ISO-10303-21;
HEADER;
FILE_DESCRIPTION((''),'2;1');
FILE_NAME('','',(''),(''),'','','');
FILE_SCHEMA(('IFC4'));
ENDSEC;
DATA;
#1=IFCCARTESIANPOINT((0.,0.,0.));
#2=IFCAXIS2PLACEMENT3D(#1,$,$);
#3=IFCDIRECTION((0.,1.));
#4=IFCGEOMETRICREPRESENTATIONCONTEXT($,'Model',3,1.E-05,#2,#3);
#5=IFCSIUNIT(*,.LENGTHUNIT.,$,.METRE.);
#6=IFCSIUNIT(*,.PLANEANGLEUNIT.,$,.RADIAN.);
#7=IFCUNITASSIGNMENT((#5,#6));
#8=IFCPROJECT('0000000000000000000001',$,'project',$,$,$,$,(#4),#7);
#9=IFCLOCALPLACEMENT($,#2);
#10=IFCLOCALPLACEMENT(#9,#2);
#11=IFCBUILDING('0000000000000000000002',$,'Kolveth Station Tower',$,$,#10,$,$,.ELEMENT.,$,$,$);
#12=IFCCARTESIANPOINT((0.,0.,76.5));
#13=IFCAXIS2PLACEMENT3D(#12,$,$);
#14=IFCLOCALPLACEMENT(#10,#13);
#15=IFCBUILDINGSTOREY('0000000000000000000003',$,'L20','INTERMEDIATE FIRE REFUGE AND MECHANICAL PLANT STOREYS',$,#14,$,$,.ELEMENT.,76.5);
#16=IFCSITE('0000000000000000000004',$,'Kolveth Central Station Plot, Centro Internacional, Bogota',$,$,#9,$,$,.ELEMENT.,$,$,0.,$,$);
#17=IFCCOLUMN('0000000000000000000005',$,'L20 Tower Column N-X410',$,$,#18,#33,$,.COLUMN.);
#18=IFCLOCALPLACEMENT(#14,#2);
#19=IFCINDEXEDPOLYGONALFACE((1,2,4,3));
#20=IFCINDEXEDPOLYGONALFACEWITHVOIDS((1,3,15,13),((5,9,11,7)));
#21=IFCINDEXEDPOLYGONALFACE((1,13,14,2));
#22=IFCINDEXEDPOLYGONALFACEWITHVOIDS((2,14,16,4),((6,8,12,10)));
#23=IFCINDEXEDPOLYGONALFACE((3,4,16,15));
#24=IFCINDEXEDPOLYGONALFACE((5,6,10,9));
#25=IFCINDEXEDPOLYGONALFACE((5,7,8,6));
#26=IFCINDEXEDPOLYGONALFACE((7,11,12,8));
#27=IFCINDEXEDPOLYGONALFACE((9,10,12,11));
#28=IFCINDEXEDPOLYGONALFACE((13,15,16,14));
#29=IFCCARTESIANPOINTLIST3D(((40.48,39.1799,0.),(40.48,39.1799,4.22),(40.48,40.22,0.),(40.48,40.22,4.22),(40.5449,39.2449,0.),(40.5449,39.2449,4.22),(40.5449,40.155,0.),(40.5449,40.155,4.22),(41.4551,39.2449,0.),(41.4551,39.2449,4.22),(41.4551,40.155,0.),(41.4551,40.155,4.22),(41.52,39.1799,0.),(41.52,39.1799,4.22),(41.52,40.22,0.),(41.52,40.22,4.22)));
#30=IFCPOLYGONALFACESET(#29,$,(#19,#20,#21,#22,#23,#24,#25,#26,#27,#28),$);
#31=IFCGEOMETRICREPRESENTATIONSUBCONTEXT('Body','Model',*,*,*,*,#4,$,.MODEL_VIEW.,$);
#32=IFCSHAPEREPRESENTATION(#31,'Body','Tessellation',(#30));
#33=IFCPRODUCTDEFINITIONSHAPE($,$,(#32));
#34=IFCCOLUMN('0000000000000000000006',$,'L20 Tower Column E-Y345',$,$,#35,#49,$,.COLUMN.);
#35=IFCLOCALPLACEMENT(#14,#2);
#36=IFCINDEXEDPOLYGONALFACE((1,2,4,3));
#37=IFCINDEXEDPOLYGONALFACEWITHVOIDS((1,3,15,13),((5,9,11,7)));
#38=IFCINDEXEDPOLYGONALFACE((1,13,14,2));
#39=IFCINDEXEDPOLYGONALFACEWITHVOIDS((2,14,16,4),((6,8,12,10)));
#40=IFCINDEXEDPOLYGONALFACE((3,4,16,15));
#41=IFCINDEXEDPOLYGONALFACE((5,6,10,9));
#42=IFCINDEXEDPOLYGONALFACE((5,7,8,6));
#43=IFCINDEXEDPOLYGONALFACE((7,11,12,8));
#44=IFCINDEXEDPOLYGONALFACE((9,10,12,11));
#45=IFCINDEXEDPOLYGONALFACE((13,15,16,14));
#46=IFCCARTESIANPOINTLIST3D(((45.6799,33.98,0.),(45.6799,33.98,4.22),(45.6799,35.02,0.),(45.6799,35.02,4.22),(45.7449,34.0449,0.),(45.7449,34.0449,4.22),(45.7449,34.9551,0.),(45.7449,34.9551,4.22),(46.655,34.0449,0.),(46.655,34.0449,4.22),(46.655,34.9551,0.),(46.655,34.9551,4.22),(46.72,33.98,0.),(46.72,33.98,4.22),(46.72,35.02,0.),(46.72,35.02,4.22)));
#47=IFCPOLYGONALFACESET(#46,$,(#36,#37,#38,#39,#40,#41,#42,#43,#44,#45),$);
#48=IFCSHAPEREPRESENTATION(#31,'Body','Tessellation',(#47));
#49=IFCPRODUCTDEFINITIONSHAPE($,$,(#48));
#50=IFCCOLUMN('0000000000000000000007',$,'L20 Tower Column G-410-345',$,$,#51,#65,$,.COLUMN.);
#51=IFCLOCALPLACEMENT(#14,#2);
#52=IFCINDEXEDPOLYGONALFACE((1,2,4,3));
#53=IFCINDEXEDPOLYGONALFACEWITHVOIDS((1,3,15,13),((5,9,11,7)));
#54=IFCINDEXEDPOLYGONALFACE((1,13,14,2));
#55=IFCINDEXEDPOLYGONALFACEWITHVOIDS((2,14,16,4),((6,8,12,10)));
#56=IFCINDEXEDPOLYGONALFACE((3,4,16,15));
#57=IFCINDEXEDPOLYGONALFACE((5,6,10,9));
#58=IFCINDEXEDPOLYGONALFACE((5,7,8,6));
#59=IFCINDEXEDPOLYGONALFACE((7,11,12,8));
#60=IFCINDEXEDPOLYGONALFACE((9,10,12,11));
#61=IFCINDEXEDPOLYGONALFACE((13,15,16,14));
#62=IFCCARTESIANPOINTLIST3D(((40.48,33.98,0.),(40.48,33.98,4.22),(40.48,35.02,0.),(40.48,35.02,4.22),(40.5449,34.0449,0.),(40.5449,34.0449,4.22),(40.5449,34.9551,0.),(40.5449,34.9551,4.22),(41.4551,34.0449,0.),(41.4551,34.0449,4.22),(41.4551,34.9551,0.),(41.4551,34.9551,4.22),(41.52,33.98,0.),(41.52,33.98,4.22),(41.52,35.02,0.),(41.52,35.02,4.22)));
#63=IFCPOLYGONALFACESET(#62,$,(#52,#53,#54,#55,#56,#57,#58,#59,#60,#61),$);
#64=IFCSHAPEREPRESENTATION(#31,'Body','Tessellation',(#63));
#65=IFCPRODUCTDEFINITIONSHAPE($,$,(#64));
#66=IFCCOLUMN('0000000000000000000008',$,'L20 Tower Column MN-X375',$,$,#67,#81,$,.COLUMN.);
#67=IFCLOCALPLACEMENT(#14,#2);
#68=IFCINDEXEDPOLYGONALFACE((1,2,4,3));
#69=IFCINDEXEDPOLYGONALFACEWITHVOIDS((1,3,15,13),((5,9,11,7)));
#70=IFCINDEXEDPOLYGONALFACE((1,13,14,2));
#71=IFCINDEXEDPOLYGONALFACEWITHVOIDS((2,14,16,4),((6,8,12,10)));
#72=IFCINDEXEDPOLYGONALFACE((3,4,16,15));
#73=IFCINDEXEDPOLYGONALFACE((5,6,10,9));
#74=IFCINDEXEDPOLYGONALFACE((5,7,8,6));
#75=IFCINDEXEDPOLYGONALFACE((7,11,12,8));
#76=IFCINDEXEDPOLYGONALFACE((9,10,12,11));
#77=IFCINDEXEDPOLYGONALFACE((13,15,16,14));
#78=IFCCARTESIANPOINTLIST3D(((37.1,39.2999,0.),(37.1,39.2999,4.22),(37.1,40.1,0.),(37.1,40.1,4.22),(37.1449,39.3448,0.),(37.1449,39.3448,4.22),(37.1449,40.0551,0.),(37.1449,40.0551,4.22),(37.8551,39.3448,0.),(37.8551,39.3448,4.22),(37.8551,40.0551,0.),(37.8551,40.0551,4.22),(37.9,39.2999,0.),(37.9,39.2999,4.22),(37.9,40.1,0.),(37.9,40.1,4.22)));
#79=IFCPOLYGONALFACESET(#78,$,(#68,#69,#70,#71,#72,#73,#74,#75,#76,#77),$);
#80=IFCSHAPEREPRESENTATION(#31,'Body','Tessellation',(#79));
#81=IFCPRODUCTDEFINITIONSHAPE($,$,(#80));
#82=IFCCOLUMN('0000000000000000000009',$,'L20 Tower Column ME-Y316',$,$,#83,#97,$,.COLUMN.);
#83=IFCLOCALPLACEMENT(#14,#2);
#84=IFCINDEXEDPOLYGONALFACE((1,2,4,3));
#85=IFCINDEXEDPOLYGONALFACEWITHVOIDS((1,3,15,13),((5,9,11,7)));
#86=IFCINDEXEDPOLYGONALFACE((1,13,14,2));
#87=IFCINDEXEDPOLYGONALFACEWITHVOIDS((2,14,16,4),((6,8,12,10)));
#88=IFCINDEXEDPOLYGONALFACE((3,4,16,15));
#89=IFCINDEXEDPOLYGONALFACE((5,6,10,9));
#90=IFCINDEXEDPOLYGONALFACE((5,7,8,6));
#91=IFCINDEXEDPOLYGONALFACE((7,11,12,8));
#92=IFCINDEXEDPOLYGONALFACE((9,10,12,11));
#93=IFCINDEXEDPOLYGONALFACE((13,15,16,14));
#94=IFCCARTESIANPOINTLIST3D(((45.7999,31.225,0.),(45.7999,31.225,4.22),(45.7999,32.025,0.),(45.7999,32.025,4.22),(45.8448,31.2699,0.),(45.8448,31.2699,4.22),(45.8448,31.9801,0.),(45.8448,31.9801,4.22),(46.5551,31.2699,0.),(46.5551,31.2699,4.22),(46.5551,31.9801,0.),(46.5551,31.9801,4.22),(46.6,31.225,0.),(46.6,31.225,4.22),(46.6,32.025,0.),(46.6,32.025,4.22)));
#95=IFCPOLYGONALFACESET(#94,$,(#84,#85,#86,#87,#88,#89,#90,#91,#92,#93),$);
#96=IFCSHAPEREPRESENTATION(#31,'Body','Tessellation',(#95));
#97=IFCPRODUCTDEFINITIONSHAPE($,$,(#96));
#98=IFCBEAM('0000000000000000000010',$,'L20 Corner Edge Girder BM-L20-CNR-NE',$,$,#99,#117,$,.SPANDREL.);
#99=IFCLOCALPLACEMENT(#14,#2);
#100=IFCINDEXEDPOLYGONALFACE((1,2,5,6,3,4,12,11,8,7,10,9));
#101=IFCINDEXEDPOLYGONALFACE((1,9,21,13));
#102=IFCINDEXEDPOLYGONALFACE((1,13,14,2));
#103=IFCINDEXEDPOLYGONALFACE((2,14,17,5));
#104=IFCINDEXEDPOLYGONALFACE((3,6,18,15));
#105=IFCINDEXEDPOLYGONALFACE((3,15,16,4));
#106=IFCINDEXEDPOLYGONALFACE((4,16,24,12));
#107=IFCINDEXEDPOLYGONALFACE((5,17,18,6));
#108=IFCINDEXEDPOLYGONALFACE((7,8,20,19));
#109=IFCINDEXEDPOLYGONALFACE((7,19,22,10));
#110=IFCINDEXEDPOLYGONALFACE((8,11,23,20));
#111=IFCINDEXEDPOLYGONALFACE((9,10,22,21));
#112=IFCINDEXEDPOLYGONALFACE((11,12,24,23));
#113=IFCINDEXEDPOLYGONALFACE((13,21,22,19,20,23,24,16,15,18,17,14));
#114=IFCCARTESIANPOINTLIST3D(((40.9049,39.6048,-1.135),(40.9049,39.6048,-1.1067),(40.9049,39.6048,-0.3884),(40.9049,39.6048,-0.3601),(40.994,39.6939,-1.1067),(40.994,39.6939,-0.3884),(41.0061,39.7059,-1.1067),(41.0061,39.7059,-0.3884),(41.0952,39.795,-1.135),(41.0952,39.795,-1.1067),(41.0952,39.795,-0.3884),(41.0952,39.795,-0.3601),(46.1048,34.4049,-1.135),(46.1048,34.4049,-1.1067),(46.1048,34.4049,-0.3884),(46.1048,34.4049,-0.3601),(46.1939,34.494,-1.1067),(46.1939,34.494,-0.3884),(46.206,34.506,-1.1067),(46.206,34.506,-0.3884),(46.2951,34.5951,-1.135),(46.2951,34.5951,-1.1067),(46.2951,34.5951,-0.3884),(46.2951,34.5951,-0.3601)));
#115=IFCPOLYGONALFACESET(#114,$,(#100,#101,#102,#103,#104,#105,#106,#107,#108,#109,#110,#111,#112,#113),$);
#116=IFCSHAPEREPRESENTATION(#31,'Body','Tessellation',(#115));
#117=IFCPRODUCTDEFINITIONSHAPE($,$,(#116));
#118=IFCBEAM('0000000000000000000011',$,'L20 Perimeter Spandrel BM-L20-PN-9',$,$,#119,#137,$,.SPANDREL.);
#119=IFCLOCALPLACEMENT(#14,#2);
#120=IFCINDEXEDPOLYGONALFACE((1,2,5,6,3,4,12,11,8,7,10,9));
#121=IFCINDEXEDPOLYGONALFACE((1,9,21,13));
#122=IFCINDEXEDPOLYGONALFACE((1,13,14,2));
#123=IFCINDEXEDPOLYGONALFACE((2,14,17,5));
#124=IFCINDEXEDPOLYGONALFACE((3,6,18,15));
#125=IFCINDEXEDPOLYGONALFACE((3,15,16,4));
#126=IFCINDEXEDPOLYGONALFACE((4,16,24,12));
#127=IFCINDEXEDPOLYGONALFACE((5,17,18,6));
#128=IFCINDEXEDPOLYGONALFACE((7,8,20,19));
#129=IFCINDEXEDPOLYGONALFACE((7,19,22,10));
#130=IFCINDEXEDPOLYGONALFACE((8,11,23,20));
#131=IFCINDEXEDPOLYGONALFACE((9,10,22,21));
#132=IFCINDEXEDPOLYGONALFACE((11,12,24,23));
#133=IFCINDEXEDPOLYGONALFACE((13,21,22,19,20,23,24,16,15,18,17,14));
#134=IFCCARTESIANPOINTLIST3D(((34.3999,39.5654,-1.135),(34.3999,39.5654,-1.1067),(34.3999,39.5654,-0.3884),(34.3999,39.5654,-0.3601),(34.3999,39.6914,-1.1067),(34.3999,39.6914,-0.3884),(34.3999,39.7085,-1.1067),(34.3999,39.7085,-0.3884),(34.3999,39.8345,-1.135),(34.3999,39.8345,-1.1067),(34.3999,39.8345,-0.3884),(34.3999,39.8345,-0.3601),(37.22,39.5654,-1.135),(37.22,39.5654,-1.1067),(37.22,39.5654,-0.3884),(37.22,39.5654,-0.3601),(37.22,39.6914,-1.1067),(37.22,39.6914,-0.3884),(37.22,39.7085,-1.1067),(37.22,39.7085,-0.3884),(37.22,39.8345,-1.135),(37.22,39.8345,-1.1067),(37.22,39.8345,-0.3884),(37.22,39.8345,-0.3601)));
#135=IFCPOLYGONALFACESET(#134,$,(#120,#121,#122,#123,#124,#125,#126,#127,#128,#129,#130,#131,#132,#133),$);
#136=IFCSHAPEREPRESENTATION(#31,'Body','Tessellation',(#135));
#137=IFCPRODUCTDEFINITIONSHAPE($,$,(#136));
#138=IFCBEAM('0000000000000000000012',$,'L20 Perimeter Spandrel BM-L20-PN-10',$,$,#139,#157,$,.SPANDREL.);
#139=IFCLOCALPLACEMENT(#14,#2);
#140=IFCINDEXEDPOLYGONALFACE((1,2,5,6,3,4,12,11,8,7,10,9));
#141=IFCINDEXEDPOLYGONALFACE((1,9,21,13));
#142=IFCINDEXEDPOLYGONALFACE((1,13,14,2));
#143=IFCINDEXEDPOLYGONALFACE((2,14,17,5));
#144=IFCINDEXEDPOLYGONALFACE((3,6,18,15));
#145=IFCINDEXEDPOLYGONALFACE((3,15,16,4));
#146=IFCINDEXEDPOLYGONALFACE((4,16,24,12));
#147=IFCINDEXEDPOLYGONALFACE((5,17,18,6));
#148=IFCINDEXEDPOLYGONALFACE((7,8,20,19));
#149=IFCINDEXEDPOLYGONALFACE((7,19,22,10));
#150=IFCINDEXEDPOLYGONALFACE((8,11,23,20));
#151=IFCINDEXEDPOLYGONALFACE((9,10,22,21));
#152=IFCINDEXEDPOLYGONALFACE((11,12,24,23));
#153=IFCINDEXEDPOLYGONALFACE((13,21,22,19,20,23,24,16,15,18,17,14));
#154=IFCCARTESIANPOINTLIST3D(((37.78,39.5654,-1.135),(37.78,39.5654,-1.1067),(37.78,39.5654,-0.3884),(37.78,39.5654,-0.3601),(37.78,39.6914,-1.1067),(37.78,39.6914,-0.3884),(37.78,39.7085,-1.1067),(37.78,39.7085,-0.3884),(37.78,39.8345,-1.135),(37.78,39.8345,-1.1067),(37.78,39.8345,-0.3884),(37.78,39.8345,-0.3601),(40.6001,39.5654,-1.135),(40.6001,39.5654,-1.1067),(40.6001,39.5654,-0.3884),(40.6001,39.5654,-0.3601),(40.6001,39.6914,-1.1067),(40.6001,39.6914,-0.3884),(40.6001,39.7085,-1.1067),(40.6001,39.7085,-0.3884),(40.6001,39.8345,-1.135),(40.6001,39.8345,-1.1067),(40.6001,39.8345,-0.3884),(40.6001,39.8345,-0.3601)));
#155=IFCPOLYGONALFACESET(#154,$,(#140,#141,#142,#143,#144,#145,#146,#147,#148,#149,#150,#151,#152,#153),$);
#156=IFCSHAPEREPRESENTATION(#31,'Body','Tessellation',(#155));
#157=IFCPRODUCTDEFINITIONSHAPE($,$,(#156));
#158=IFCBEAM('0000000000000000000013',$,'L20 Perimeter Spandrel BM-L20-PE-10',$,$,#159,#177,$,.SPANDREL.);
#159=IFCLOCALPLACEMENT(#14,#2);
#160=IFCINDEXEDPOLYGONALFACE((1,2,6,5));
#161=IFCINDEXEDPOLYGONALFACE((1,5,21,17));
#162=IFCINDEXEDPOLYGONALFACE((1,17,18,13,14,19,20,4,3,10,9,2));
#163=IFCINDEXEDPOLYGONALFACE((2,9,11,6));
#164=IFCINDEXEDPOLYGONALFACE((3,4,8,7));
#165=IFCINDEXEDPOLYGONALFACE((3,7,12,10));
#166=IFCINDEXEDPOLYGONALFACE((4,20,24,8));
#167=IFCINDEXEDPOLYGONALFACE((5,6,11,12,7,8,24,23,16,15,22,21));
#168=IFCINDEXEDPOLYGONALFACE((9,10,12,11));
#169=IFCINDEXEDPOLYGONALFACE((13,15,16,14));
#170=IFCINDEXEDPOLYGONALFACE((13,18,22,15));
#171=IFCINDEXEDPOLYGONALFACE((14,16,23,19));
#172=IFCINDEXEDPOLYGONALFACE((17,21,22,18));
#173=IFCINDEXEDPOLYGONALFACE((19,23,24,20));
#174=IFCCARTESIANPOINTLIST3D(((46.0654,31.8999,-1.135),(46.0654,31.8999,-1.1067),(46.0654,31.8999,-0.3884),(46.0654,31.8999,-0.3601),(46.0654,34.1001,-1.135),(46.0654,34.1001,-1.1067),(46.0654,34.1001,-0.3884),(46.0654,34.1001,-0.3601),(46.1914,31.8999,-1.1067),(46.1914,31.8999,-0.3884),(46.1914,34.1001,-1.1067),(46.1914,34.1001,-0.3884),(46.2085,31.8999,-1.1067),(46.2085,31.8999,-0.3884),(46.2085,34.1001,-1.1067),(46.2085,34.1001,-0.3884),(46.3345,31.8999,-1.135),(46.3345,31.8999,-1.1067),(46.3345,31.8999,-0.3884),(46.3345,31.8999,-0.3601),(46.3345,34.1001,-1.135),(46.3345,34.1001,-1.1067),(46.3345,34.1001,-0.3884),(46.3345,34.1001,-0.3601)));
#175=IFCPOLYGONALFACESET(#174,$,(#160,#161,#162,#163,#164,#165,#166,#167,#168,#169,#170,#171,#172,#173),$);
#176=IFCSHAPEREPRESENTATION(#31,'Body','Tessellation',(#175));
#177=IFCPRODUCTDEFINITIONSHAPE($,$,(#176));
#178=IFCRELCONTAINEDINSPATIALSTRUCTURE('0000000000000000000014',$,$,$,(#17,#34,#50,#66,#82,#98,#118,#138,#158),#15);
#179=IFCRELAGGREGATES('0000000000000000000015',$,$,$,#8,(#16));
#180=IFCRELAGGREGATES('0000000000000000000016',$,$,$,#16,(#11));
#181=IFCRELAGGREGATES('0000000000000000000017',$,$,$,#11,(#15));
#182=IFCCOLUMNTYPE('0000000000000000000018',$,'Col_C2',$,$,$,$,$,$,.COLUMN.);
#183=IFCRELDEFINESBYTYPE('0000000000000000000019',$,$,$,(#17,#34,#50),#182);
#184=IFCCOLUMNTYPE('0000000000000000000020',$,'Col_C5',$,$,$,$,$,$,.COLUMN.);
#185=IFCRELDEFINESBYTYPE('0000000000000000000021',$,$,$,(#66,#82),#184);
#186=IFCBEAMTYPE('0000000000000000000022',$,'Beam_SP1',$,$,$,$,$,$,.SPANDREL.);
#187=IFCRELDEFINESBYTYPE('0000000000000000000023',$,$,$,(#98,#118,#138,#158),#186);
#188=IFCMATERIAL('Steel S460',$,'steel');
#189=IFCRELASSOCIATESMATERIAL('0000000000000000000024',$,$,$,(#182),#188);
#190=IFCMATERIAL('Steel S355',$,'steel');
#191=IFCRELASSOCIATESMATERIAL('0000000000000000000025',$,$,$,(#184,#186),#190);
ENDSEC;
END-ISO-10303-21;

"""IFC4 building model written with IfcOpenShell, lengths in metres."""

from ifc_helpers import new_model, si_unit, direction, frame, origin, origin_2d, place, context, subcontext, project, spatial, hollow_rectangle, i_section, extrude, source, transform, mapped, material, material_profile, profile_set, type_object, element, save


model = new_model("IFC4")

# Units and contexts
model_context = context("Model", 3, precision=1e-05, world=origin(), true_north=direction((0.0, 1.0)))
body_context = subcontext(model_context, "Body", "Model", "MODEL_VIEW")
ifc_project = project(units=[si_unit("LENGTHUNIT", "METRE"), si_unit("PLANEANGLEUNIT", "RADIAN")], contexts=[model_context])

# Site, building, storey
site_placement = place(None, origin())
site = spatial("IfcSite", under=ifc_project, at=site_placement, Name="Kolveth Central Station Plot, Centro Internacional, Bogota", CompositionType="ELEMENT", RefElevation=0.0)
building_placement = place(site_placement, origin())
building = spatial("IfcBuilding", under=site, at=building_placement, Name="Kolveth Station Tower", CompositionType="ELEMENT")
storey_placement = place(building_placement, frame((0.0, 0.0, 76.5)))
storey = spatial("IfcBuildingStorey", under=building, at=storey_placement, Name="L20", Description="INTERMEDIATE FIRE REFUGE AND MECHANICAL PLANT STOREYS", CompositionType="ELEMENT", Elevation=76.5)

# Columns
ifc_material_1 = material(Name="Steel S460", Category="steel")
ifc_material_profile_1 = material_profile(ifc_material_1, hollow_rectangle(XDim=1.04, YDim=1.04, WallThickness=0.0649, at=origin_2d()), Name="BOX1040x1040x65")
ifc_profile_set_1 = profile_set([ifc_material_profile_1], Name="Steel S460")
column_type_1 = type_object("IfcColumnType", Name="Col_C2", PredefinedType="COLUMN", material=ifc_profile_set_1)
shared_shape_1 = source(origin(), body_context, "Body", "SweptSolid", [
    extrude(hollow_rectangle(XDim=1.04, YDim=1.04, WallThickness=0.0649, at=origin_2d()), origin(), (0.0, 0.0, 1.0), 4.22),
])
for number, where, z_axis, x_axis, name in (
    (1, (41.0, 39.7, 0.0), (0.0, 0.0, 1.0), (1.0, 0.0, 0.0), "L20 Tower Column N-X410"),
    (2, (46.2, 34.5, 0.0), (0.0, 0.0, 1.0), (1.0, 0.0, 0.0), "L20 Tower Column E-Y345"),
    (3, (41.0, 34.5, 0.0), (0.0, 0.0, 1.0), (1.0, 0.0, 0.0), "L20 Tower Column G-410-345"),
):
    element("IfcColumn", number, at=place(storey_placement, frame(where, z_axis=z_axis, x_axis=x_axis)), inside=storey, type_object=column_type_1, Name=name, PredefinedType="COLUMN", context=body_context, shape_type="MappedRepresentation", body=[
        mapped(shared_shape_1, transform((0.0, 0.0, 0.0), x_axis=(1.0, 0.0, 0.0), y_axis=(0.0, 1.0, 0.0), z_axis=(0.0, 0.0, 1.0), scale=1.0)),
    ])
ifc_material_2 = material(Name="Steel S355", Category="steel")
ifc_material_profile_2 = material_profile(ifc_material_2, hollow_rectangle(XDim=0.8, YDim=0.8, WallThickness=0.0449, at=origin_2d()), Name="BOX800x800x45")
ifc_profile_set_2 = profile_set([ifc_material_profile_2], Name="Steel S355")
column_type_2 = type_object("IfcColumnType", Name="Col_C5", PredefinedType="COLUMN", material=ifc_profile_set_2)
shared_shape_2 = source(origin(), body_context, "Body", "SweptSolid", [
    extrude(hollow_rectangle(XDim=0.8, YDim=0.8, WallThickness=0.0449, at=origin_2d()), origin(), (0.0, 0.0, 1.0), 4.22),
])
for number, where, z_axis, x_axis, name in (
    (4, (37.5, 39.7, 0.0), (0.0, 0.0, 1.0), (1.0, 0.0, 0.0), "L20 Tower Column MN-X375"),
    (5, (46.2, 31.625, 0.0), (0.0, 0.0, 1.0), (1.0, 0.0, 0.0), "L20 Tower Column ME-Y316"),
):
    element("IfcColumn", number, at=place(storey_placement, frame(where, z_axis=z_axis, x_axis=x_axis)), inside=storey, type_object=column_type_2, Name=name, PredefinedType="COLUMN", context=body_context, shape_type="MappedRepresentation", body=[
        mapped(shared_shape_2, transform((0.0, 0.0, 0.0), x_axis=(1.0, 0.0, 0.0), y_axis=(0.0, 1.0, 0.0), z_axis=(0.0, 0.0, 1.0), scale=1.0)),
    ])

# Beams
ifc_material_profile_3 = material_profile(ifc_material_2, i_section(OverallWidth=0.269, OverallDepth=0.7749, WebThickness=0.0171, FlangeThickness=0.0283, at=origin_2d()), Name="W760x220")
ifc_profile_set_3 = profile_set([ifc_material_profile_3], Name="Steel S355")
beam_type_1 = type_object("IfcBeamType", Name="Beam_SP1", PredefinedType="SPANDREL", material=ifc_profile_set_3)
shared_shape_3 = source(origin(), body_context, "Body", "SweptSolid", [
    extrude(i_section(OverallWidth=0.269, OverallDepth=0.7749, WebThickness=0.0171, FlangeThickness=0.0283, at=origin_2d()), origin(), (0.0, 0.0, 1.0), 7.3538),
])
beam_1_placement = place(storey_placement, frame((46.2, 34.5, -0.7476), z_axis=(-0.707107, 0.707107, 0.0), x_axis=(-0.707107, -0.707107, 0.0)))
element("IfcBeam", 6, at=beam_1_placement, inside=storey, type_object=beam_type_1, Name="L20 Corner Edge Girder BM-L20-CNR-NE", PredefinedType="SPANDREL", context=body_context, shape_type="MappedRepresentation", body=[
    mapped(shared_shape_3, transform((0.0, 0.0, 0.0), x_axis=(1.0, 0.0, 0.0), y_axis=(0.0, 1.0, 0.0), z_axis=(0.0, 0.0, 1.0), scale=1.0)),
])
shared_shape_4 = source(origin(), body_context, "Body", "SweptSolid", [
    extrude(i_section(OverallWidth=0.269, OverallDepth=0.7749, WebThickness=0.0171, FlangeThickness=0.0283, at=origin_2d()), origin(), (0.0, 0.0, 1.0), 2.8201),
])
for number, where, z_axis, x_axis, name in (
    (7, (34.3999, 39.7, -0.7476), (1.0, 0.0, 0.0), (0.0, 1.0, 0.0), "L20 Perimeter Spandrel BM-L20-PN-9"),
    (8, (37.78, 39.7, -0.7476), (1.0, 0.0, 0.0), (0.0, 1.0, 0.0), "L20 Perimeter Spandrel BM-L20-PN-10"),
):
    element("IfcBeam", number, at=place(storey_placement, frame(where, z_axis=z_axis, x_axis=x_axis)), inside=storey, type_object=beam_type_1, Name=name, PredefinedType="SPANDREL", context=body_context, shape_type="MappedRepresentation", body=[
        mapped(shared_shape_4, transform((0.0, 0.0, 0.0), x_axis=(1.0, 0.0, 0.0), y_axis=(0.0, 1.0, 0.0), z_axis=(0.0, 0.0, 1.0), scale=1.0)),
    ])
shared_shape_5 = source(origin(), body_context, "Body", "SweptSolid", [
    extrude(i_section(OverallWidth=0.269, OverallDepth=0.7749, WebThickness=0.0171, FlangeThickness=0.0283, at=origin_2d()), origin(), (0.0, 0.0, 1.0), 2.2002),
])
beam_2_placement = place(storey_placement, frame((46.2, 31.8999, -0.7476), z_axis=(0.0, 1.0, 0.0), x_axis=(-1.0, 0.0, 0.0)))
element("IfcBeam", 9, at=beam_2_placement, inside=storey, type_object=beam_type_1, Name="L20 Perimeter Spandrel BM-L20-PE-10", PredefinedType="SPANDREL", context=body_context, shape_type="MappedRepresentation", body=[
    mapped(shared_shape_5, transform((0.0, 0.0, 0.0), x_axis=(1.0, 0.0, 0.0), y_axis=(0.0, 1.0, 0.0), z_axis=(0.0, 0.0, 1.0), scale=1.0)),
])

save(model, "model.ifc")
